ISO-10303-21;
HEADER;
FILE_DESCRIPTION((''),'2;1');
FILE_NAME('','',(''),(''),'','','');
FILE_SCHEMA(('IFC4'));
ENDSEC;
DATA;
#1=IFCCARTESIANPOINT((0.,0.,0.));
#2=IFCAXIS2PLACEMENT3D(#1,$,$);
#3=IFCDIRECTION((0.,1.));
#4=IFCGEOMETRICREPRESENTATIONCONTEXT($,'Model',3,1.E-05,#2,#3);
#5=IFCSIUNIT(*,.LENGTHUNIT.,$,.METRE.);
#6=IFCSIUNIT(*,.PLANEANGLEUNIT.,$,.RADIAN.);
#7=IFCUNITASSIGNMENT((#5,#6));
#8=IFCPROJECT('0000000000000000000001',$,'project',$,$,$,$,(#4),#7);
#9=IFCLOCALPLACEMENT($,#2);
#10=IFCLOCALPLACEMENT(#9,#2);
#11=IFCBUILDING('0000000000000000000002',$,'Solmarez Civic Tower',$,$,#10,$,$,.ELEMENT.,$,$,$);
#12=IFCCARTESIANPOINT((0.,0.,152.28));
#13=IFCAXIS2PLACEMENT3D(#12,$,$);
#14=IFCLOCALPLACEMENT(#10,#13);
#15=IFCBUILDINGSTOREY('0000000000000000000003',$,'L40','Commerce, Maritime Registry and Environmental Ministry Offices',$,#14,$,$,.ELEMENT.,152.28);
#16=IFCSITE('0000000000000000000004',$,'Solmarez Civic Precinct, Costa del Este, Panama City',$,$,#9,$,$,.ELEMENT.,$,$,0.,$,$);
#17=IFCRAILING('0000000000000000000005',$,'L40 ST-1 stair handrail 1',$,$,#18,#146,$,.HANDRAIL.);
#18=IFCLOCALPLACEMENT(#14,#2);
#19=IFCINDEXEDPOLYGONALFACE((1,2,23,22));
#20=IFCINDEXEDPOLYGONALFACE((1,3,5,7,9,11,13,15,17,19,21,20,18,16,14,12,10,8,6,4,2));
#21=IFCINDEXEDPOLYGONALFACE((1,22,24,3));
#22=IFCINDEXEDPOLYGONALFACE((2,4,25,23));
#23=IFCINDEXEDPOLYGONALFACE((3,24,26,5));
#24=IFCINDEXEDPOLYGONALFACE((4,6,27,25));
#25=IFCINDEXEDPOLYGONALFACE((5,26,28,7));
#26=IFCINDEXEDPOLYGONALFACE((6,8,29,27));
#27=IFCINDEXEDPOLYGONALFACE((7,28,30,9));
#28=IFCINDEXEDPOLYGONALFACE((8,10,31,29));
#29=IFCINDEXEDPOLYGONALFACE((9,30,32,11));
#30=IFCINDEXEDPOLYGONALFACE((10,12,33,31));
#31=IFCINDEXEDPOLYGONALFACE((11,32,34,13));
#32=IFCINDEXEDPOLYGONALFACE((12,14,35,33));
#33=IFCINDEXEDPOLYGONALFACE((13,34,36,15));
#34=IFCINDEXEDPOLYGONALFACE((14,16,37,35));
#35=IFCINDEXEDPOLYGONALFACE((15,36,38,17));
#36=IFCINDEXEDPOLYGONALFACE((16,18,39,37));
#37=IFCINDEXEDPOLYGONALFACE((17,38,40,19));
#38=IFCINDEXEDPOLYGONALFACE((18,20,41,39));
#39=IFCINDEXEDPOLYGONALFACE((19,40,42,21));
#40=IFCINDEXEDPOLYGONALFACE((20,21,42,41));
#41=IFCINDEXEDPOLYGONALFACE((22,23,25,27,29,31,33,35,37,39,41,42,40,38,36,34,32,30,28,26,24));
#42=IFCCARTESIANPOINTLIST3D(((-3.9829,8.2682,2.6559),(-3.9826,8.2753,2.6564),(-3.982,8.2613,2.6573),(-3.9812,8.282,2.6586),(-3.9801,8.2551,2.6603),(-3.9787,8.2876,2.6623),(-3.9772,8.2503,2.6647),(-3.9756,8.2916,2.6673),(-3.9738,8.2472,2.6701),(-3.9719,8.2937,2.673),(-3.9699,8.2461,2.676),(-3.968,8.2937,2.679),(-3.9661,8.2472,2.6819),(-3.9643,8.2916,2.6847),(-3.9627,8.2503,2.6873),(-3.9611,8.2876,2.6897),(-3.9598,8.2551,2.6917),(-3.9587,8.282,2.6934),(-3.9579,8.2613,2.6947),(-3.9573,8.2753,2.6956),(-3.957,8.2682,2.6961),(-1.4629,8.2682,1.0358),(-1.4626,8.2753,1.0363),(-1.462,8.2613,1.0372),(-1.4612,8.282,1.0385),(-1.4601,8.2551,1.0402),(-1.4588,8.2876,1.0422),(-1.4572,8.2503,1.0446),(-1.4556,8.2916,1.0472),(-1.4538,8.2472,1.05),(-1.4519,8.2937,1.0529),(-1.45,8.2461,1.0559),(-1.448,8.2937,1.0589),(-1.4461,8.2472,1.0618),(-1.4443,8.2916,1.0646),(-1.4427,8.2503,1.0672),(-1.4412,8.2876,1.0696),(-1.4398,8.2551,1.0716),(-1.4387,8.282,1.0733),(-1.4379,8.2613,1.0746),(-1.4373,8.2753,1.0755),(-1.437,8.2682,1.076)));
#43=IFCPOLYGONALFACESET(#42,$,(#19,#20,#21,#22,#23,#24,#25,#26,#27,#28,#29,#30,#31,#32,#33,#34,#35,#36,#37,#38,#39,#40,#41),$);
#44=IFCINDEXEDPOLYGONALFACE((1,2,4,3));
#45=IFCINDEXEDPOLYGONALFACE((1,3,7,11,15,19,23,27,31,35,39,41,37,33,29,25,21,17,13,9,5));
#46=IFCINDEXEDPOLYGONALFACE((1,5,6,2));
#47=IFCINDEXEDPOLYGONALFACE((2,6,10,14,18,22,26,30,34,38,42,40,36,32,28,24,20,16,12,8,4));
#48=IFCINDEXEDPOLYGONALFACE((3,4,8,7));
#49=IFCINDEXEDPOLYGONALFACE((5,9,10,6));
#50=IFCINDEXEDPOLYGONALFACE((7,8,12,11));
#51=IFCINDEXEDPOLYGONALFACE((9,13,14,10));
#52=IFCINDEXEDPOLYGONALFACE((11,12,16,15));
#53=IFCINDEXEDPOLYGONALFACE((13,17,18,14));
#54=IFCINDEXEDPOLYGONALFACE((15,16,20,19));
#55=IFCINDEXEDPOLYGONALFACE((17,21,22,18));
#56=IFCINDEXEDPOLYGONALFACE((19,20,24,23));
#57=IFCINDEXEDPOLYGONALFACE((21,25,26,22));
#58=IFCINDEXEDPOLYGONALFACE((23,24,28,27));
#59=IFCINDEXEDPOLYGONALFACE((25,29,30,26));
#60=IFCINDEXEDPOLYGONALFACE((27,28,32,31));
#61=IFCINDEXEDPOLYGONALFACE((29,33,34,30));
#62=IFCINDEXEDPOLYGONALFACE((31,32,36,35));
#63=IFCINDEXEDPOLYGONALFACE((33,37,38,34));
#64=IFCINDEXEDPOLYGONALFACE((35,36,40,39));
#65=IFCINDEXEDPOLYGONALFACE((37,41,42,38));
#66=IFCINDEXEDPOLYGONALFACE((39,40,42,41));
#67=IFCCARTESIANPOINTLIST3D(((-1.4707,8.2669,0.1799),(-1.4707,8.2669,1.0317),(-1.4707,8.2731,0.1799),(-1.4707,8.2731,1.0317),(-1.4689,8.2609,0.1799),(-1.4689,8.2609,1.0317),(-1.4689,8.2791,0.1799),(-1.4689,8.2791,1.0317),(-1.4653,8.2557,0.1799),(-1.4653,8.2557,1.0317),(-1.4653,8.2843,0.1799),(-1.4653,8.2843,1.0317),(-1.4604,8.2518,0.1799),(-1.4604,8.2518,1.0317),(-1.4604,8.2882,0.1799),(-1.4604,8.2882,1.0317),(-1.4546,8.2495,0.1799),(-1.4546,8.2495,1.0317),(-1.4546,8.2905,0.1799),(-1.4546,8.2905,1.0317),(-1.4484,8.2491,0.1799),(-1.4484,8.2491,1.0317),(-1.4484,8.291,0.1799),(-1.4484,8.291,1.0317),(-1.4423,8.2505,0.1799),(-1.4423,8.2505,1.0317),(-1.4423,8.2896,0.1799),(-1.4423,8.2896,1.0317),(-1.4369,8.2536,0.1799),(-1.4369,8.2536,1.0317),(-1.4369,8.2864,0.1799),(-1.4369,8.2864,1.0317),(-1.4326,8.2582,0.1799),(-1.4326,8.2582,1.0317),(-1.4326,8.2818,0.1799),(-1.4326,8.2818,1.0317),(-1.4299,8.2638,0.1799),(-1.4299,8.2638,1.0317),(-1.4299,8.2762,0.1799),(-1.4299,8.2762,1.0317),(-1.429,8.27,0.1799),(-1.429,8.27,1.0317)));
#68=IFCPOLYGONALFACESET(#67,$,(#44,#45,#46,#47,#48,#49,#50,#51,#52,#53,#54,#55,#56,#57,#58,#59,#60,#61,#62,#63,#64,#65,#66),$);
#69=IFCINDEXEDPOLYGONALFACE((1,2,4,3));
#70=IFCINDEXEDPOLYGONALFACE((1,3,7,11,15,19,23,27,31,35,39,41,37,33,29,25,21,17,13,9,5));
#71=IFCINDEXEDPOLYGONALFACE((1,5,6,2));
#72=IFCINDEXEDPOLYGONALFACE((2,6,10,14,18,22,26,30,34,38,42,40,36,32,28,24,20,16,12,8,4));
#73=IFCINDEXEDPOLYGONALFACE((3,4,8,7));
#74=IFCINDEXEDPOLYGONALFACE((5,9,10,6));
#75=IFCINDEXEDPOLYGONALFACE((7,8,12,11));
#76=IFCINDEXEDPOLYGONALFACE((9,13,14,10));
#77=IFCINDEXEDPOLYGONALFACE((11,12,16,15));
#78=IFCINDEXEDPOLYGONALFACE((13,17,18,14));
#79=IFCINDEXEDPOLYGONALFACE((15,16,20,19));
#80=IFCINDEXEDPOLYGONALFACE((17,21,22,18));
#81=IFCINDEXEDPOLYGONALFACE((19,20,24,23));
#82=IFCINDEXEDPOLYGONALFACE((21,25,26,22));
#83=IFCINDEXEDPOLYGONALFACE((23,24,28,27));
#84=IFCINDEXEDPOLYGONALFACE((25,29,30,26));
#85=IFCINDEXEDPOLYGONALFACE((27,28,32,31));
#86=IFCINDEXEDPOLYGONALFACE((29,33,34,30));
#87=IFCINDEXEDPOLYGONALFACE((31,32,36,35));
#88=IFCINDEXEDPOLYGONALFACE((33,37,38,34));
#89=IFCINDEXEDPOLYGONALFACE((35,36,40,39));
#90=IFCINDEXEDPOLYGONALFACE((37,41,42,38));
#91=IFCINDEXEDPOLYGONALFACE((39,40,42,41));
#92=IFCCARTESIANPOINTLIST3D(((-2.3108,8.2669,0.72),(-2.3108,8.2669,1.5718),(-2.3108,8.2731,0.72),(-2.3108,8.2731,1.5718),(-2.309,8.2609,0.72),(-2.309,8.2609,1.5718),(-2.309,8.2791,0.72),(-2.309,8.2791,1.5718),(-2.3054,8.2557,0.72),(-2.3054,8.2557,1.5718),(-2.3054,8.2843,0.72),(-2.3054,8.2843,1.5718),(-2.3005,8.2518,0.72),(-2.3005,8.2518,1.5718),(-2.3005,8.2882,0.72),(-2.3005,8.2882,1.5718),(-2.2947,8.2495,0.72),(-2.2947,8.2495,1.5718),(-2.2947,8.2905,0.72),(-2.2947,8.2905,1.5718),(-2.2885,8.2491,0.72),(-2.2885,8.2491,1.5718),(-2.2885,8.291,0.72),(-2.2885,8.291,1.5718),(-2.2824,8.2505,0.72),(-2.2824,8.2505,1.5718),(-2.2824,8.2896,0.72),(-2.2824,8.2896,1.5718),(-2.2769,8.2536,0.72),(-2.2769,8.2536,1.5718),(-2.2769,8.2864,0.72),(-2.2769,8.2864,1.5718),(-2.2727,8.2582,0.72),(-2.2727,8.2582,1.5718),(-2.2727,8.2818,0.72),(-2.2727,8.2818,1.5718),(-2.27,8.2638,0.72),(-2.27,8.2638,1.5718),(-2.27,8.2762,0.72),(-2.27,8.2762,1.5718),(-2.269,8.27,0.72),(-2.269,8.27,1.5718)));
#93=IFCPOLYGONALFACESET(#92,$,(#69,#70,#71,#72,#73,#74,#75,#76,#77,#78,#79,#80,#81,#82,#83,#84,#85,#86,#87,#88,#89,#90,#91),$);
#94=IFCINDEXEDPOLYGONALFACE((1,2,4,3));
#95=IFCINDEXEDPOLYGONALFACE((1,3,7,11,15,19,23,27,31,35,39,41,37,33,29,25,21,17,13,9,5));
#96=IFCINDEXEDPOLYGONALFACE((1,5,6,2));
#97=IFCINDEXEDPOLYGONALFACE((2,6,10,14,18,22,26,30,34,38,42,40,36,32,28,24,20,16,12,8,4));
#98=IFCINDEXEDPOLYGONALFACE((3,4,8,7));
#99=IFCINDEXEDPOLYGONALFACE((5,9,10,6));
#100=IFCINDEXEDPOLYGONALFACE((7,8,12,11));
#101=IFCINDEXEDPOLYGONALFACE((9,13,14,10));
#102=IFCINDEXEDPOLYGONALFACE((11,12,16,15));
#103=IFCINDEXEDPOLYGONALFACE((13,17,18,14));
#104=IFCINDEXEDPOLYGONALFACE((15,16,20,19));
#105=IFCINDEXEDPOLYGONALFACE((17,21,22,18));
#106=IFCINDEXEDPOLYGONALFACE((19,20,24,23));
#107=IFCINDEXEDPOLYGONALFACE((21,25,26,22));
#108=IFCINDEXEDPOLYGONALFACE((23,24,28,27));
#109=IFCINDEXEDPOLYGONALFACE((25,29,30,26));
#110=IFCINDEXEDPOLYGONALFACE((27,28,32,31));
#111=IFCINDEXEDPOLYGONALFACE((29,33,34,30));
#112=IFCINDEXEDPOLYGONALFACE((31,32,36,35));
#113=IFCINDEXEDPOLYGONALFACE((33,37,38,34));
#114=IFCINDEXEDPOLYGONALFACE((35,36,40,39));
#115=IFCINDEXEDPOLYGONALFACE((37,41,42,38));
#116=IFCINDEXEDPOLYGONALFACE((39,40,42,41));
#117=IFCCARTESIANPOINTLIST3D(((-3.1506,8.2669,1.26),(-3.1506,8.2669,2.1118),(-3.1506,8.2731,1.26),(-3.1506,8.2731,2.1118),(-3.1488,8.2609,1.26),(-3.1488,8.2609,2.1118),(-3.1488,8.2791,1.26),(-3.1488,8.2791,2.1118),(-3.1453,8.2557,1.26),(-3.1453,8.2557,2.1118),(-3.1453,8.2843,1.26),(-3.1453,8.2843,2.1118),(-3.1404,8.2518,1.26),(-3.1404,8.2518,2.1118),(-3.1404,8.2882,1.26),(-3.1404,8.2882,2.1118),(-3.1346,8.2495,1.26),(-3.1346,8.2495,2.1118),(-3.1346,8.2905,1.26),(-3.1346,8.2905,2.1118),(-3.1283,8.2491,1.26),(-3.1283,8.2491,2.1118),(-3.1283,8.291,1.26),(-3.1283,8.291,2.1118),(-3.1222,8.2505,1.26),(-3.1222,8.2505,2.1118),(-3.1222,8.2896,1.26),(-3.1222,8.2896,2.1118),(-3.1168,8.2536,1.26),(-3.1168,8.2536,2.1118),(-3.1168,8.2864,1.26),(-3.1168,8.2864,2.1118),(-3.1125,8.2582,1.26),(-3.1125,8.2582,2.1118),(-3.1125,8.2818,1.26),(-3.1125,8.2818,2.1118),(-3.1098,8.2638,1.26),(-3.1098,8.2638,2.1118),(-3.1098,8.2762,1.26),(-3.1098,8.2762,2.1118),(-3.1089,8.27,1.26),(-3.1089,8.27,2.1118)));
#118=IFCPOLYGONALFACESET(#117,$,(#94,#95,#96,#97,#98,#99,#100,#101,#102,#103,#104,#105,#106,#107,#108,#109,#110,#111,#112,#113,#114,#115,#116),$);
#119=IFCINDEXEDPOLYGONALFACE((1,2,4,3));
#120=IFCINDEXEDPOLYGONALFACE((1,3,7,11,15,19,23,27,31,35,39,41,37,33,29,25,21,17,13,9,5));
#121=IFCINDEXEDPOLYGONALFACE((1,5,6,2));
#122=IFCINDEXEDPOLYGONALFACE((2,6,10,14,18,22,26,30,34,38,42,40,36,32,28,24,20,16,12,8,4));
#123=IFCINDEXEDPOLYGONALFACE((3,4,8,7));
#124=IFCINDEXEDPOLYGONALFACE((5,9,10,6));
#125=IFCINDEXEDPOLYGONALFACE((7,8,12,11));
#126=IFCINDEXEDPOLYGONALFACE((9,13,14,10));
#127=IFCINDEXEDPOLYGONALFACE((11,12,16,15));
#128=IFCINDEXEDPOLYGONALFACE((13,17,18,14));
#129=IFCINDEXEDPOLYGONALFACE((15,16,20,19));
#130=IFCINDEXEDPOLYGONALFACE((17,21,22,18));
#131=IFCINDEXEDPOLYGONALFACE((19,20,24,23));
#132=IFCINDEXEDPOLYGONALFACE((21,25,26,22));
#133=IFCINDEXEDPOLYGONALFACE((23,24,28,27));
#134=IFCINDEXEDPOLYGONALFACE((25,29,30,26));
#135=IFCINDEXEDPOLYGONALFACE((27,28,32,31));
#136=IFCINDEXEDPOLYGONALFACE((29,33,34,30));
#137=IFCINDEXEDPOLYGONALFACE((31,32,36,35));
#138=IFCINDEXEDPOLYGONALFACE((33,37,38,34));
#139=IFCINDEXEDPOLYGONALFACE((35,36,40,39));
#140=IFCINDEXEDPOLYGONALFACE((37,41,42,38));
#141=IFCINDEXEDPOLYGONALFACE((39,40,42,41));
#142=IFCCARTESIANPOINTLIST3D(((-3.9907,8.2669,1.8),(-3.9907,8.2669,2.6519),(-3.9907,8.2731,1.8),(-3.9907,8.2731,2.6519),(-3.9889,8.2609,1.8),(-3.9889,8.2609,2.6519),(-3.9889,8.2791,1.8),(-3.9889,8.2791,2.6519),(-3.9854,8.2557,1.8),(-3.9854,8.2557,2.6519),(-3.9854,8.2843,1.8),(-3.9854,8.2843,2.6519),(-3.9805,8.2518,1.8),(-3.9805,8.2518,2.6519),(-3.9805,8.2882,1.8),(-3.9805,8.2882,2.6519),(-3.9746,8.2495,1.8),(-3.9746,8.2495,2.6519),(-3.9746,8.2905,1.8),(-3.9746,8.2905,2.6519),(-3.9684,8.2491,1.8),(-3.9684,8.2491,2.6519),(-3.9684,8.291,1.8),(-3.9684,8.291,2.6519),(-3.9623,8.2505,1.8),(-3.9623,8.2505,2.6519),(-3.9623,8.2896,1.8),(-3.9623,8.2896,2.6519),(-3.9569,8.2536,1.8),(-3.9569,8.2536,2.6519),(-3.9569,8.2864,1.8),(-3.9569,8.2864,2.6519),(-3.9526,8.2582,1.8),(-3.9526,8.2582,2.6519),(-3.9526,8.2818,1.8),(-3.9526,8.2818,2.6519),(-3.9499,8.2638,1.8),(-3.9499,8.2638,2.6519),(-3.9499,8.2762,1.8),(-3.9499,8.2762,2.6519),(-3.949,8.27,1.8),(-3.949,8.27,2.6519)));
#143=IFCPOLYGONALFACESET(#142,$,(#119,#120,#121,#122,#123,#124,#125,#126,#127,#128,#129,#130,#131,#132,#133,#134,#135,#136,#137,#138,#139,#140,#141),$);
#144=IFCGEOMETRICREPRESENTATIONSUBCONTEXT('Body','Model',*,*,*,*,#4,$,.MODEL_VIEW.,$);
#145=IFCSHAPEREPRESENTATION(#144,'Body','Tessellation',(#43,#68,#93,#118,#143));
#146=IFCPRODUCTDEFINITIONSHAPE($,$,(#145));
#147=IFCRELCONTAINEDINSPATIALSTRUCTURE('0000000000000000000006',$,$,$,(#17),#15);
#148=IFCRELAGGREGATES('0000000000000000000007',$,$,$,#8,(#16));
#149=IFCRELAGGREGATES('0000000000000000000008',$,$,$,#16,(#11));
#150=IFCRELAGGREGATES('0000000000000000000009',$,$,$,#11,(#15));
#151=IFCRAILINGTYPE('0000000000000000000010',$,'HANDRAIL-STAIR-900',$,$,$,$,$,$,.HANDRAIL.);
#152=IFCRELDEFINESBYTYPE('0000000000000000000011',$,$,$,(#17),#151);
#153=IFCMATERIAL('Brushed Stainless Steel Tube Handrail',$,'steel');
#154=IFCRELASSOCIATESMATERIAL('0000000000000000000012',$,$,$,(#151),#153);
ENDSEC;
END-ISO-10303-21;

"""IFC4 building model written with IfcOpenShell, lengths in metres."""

from ifc_helpers import new_model, si_unit, direction, frame, origin, origin_2d, place, context, subcontext, project, spatial, circle, extrude, material, type_object, element, save


model = new_model("IFC4")

# Units and contexts
model_context = context("Model", 3, precision=1e-05, world=origin(), true_north=direction((0.0, 1.0)))
body_context = subcontext(model_context, "Body", "Model", "MODEL_VIEW")
ifc_project = project(units=[si_unit("LENGTHUNIT", "METRE"), si_unit("PLANEANGLEUNIT", "RADIAN")], contexts=[model_context])

# Site, building, storey
site_placement = place(None, origin())
site = spatial("IfcSite", under=ifc_project, at=site_placement, Name="Solmarez Civic Precinct, Costa del Este, Panama City", CompositionType="ELEMENT", RefElevation=0.0)
building_placement = place(site_placement, origin())
building = spatial("IfcBuilding", under=site, at=building_placement, Name="Solmarez Civic Tower", CompositionType="ELEMENT")
storey_placement = place(building_placement, frame((0.0, 0.0, 152.28)))
storey = spatial("IfcBuildingStorey", under=building, at=storey_placement, Name="L40", Description="Commerce, Maritime Registry and Environmental Ministry Offices", CompositionType="ELEMENT", Elevation=152.28)

# Railing
ifc_material_1 = material(Name="Brushed Stainless Steel Tube Handrail", Category="steel")
railing_type_1 = type_object("IfcRailingType", Name="HANDRAIL-STAIR-900", PredefinedType="HANDRAIL", material=ifc_material_1)
railing_1_placement = place(storey_placement, frame((-1.45, 8.27, 0.1799)))
element("IfcRailing", 1, at=railing_1_placement, inside=storey, type_object=railing_type_1, Name="L40 ST-1 stair handrail 1", PredefinedType="HANDRAIL", context=body_context, shape_type="SweptSolid", body=[
    extrude(circle(Radius=0.0239, at=origin_2d()), frame((0.0, 0.0, 0.876), z_axis=(-0.841163, 0.0, 0.540782), x_axis=(0.0, -1.0, 0.0)), (0.0, 0.0, 1.0), 2.9958),
    extrude(circle(Radius=0.021, at=origin_2d()), origin(), (0.0, 0.0, 1.0), 0.8518),
    extrude(circle(Radius=0.021, at=origin_2d()), frame((-0.8401, 0.0, 0.54)), (0.0, 0.0, 1.0), 0.8518),
    extrude(circle(Radius=0.021, at=origin_2d()), frame((-1.6799, 0.0, 1.0801)), (0.0, 0.0, 1.0), 0.8518),
    extrude(circle(Radius=0.021, at=origin_2d()), frame((-2.52, 0.0, 1.6201)), (0.0, 0.0, 1.0), 0.8518),
])

save(model, "model.ifc")
